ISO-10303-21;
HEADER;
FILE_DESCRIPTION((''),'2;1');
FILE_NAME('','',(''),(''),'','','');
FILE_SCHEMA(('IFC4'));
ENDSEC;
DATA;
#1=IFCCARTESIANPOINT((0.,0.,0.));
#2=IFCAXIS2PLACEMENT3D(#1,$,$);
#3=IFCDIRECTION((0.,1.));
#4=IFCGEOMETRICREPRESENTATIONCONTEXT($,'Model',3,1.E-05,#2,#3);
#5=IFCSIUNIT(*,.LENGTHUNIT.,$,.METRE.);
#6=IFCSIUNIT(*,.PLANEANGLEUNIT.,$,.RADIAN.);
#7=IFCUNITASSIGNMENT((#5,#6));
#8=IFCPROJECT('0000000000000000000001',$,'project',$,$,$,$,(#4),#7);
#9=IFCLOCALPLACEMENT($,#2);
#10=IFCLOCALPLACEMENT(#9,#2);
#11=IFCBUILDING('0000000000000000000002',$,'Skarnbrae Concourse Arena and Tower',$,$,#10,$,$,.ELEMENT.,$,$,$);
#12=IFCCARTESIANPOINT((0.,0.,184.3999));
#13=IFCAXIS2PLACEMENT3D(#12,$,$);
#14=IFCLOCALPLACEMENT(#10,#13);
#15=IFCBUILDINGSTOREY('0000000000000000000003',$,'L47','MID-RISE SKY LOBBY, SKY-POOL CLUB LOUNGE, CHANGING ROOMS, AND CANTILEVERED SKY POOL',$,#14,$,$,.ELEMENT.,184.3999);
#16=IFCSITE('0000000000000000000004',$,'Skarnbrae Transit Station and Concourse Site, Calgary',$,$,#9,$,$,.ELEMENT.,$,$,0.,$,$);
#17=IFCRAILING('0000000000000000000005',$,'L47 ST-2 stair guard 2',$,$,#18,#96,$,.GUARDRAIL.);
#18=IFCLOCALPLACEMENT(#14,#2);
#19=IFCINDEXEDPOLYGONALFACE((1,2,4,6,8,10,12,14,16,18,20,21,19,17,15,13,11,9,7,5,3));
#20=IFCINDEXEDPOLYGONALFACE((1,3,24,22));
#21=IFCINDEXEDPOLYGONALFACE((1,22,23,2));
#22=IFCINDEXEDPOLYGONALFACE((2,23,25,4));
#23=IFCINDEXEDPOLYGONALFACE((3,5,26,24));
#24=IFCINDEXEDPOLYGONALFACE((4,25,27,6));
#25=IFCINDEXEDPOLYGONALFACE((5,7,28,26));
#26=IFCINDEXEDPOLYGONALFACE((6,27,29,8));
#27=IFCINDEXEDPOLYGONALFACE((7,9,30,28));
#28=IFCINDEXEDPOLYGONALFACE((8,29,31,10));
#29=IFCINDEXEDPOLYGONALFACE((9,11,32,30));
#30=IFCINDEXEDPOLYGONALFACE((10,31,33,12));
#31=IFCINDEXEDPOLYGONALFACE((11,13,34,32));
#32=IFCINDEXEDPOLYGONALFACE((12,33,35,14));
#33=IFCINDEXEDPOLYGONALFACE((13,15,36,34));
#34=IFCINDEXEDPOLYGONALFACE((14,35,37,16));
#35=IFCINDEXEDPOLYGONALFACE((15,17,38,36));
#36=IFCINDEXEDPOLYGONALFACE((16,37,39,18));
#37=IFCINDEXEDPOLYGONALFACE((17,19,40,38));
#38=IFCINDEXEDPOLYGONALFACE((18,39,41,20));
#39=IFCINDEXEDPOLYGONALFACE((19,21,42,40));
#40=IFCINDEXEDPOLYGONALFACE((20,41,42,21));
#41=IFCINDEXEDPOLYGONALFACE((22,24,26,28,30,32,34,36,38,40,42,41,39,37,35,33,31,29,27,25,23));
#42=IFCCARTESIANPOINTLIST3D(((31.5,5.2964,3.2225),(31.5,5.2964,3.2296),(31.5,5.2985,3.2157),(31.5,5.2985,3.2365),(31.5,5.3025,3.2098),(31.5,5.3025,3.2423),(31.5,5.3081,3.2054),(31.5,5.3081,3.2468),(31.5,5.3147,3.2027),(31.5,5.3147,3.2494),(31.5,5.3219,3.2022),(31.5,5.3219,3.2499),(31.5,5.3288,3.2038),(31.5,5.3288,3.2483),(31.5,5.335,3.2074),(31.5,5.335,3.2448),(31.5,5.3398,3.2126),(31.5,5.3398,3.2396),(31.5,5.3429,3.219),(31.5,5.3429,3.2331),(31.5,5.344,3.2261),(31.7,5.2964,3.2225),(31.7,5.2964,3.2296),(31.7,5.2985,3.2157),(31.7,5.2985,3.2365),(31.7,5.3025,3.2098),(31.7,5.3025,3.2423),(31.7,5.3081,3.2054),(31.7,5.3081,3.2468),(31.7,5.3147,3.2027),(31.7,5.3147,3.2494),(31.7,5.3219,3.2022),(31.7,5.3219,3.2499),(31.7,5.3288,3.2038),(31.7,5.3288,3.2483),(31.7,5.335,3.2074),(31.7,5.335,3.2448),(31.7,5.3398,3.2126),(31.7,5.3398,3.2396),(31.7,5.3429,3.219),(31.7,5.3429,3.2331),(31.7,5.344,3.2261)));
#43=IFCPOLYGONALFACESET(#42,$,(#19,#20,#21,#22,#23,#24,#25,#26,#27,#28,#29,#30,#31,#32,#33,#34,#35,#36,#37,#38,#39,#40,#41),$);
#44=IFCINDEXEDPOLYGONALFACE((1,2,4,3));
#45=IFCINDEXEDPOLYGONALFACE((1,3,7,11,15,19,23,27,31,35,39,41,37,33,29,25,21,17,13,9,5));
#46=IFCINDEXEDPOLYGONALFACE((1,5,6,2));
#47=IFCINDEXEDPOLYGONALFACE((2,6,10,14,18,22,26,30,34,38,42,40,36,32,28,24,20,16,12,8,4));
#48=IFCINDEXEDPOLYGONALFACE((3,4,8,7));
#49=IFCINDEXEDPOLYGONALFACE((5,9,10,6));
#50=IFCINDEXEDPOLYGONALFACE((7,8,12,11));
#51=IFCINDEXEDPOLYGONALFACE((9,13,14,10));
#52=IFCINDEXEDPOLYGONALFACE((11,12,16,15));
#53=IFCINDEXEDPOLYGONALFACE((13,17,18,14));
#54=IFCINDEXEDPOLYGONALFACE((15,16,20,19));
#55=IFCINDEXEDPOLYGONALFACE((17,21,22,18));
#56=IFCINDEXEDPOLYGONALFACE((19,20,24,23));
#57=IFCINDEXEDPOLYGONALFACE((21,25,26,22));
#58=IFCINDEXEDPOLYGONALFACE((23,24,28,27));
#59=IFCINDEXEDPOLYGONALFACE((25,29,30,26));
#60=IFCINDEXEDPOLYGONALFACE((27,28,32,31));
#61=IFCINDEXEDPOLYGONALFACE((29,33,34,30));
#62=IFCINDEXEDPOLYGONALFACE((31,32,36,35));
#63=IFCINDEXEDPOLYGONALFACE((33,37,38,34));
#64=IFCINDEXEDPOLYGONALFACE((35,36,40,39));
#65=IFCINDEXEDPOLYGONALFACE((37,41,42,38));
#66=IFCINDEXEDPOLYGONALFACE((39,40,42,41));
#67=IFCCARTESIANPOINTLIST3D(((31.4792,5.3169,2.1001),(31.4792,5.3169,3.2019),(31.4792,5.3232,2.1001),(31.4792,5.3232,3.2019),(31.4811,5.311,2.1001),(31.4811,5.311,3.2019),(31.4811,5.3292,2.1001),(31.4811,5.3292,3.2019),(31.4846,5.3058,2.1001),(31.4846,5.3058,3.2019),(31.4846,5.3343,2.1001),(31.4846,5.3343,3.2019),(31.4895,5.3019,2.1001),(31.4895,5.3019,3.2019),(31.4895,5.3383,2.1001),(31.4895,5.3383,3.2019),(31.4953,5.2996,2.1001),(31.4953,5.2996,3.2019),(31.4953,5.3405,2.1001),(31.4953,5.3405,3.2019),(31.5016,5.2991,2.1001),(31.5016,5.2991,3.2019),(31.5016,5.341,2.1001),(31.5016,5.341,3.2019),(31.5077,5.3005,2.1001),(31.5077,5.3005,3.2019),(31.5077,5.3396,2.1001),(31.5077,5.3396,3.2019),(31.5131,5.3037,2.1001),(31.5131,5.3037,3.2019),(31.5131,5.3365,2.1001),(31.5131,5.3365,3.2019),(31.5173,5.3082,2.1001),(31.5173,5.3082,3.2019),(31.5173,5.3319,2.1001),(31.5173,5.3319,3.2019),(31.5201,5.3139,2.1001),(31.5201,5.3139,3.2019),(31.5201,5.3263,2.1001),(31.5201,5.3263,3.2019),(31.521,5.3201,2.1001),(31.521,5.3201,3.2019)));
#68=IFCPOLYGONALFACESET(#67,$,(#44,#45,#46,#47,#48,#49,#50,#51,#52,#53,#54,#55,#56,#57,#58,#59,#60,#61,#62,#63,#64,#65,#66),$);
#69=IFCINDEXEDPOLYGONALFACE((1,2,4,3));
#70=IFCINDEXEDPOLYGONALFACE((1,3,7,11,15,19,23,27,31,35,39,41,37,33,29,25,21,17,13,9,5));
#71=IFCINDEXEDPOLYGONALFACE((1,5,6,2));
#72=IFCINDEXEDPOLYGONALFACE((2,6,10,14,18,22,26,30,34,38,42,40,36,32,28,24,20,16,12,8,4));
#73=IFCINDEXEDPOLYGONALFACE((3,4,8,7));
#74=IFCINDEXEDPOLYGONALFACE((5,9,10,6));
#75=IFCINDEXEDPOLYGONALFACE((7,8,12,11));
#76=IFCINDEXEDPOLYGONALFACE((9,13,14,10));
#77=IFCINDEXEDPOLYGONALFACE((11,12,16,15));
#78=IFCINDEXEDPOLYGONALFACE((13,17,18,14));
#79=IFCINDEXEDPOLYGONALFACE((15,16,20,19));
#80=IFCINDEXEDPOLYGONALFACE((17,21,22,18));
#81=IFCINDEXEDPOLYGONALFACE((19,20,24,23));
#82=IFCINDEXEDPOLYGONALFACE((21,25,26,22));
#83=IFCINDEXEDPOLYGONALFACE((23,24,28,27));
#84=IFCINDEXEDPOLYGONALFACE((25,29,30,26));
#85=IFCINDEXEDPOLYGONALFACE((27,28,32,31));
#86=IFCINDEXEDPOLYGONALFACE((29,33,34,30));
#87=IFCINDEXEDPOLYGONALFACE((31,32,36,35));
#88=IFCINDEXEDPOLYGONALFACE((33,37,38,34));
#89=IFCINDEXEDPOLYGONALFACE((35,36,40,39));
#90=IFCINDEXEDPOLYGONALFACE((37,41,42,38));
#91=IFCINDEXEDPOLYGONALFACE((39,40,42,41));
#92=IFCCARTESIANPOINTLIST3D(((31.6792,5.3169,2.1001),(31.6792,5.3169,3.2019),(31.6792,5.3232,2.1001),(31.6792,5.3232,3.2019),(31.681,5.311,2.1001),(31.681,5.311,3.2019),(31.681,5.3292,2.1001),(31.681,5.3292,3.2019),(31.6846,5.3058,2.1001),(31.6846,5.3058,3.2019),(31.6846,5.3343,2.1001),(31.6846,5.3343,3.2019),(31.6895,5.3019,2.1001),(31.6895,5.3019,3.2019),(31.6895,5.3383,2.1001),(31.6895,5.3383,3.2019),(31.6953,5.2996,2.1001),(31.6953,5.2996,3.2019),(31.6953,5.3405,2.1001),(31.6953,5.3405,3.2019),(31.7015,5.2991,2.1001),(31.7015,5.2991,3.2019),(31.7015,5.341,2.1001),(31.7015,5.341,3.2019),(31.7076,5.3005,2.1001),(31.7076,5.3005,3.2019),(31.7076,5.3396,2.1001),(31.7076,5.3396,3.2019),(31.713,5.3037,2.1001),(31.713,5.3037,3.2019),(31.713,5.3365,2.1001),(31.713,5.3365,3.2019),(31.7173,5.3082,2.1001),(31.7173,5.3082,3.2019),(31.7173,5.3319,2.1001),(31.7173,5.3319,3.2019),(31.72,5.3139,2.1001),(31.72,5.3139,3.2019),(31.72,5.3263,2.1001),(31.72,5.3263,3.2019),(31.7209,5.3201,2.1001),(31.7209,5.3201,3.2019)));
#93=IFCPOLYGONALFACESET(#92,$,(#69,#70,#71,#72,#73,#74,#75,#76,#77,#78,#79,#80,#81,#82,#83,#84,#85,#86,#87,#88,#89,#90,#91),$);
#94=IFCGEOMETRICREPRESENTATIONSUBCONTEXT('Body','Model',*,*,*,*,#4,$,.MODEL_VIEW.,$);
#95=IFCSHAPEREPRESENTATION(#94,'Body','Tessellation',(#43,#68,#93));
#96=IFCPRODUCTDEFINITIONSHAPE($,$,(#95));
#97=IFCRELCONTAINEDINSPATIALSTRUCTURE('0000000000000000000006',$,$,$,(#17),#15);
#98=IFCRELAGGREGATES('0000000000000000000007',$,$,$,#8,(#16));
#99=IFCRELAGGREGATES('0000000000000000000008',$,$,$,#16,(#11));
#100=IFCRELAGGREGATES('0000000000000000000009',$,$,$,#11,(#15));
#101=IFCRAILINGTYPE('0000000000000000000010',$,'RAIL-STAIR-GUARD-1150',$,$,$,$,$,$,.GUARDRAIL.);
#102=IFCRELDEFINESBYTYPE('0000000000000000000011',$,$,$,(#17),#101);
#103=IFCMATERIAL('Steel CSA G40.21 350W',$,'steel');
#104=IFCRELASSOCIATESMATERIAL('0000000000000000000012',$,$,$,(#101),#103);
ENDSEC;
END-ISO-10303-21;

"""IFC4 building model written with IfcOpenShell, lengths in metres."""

from ifc_helpers import new_model, si_unit, direction, frame, origin, origin_2d, place, context, subcontext, project, spatial, circle, extrude, material, type_object, element, save


model = new_model("IFC4")

# Units and contexts
model_context = context("Model", 3, precision=1e-05, world=origin(), true_north=direction((0.0, 1.0)))
body_context = subcontext(model_context, "Body", "Model", "MODEL_VIEW")
ifc_project = project(units=[si_unit("LENGTHUNIT", "METRE"), si_unit("PLANEANGLEUNIT", "RADIAN")], contexts=[model_context])

# Site, building, storey
site_placement = place(None, origin())
site = spatial("IfcSite", under=ifc_project, at=site_placement, Name="Skarnbrae Transit Station and Concourse Site, Calgary", CompositionType="ELEMENT", RefElevation=0.0)
building_placement = place(site_placement, origin())
building = spatial("IfcBuilding", under=site, at=building_placement, Name="Skarnbrae Concourse Arena and Tower", CompositionType="ELEMENT")
storey_placement = place(building_placement, frame((0.0, 0.0, 184.3999)))
storey = spatial("IfcBuildingStorey", under=building, at=storey_placement, Name="L47", Description="MID-RISE SKY LOBBY, SKY-POOL CLUB LOUNGE, CHANGING ROOMS, AND CANTILEVERED SKY POOL", CompositionType="ELEMENT", Elevation=184.3999)

# Shared definitions
ifc_material_1 = material(Name="Steel CSA G40.21 350W", Category="steel")

# Railing
railing_type_1 = type_object("IfcRailingType", Name="RAIL-STAIR-GUARD-1150", PredefinedType="GUARDRAIL", material=ifc_material_1)
railing_1_placement = place(storey_placement, frame((31.5, 5.3201, 2.1001)))
element("IfcRailing", 1, at=railing_1_placement, inside=storey, type_object=railing_type_1, Name="L47 ST-2 stair guard 2", PredefinedType="GUARDRAIL", context=body_context, shape_type="SweptSolid", body=[
    extrude(circle(Radius=0.0239, at=origin_2d()), frame((0.0, 0.0, 1.126), z_axis=(1.0, 0.0, 0.0), x_axis=(0.0, 1.0, 0.0)), (0.0, 0.0, 1.0), 0.2),
    extrude(circle(Radius=0.021, at=origin_2d()), origin(), (0.0, 0.0, 1.0), 1.1018),
    extrude(circle(Radius=0.021, at=origin_2d()), frame((0.2, 0.0, 0.0)), (0.0, 0.0, 1.0), 1.1018),
])

save(model, "model.ifc")
